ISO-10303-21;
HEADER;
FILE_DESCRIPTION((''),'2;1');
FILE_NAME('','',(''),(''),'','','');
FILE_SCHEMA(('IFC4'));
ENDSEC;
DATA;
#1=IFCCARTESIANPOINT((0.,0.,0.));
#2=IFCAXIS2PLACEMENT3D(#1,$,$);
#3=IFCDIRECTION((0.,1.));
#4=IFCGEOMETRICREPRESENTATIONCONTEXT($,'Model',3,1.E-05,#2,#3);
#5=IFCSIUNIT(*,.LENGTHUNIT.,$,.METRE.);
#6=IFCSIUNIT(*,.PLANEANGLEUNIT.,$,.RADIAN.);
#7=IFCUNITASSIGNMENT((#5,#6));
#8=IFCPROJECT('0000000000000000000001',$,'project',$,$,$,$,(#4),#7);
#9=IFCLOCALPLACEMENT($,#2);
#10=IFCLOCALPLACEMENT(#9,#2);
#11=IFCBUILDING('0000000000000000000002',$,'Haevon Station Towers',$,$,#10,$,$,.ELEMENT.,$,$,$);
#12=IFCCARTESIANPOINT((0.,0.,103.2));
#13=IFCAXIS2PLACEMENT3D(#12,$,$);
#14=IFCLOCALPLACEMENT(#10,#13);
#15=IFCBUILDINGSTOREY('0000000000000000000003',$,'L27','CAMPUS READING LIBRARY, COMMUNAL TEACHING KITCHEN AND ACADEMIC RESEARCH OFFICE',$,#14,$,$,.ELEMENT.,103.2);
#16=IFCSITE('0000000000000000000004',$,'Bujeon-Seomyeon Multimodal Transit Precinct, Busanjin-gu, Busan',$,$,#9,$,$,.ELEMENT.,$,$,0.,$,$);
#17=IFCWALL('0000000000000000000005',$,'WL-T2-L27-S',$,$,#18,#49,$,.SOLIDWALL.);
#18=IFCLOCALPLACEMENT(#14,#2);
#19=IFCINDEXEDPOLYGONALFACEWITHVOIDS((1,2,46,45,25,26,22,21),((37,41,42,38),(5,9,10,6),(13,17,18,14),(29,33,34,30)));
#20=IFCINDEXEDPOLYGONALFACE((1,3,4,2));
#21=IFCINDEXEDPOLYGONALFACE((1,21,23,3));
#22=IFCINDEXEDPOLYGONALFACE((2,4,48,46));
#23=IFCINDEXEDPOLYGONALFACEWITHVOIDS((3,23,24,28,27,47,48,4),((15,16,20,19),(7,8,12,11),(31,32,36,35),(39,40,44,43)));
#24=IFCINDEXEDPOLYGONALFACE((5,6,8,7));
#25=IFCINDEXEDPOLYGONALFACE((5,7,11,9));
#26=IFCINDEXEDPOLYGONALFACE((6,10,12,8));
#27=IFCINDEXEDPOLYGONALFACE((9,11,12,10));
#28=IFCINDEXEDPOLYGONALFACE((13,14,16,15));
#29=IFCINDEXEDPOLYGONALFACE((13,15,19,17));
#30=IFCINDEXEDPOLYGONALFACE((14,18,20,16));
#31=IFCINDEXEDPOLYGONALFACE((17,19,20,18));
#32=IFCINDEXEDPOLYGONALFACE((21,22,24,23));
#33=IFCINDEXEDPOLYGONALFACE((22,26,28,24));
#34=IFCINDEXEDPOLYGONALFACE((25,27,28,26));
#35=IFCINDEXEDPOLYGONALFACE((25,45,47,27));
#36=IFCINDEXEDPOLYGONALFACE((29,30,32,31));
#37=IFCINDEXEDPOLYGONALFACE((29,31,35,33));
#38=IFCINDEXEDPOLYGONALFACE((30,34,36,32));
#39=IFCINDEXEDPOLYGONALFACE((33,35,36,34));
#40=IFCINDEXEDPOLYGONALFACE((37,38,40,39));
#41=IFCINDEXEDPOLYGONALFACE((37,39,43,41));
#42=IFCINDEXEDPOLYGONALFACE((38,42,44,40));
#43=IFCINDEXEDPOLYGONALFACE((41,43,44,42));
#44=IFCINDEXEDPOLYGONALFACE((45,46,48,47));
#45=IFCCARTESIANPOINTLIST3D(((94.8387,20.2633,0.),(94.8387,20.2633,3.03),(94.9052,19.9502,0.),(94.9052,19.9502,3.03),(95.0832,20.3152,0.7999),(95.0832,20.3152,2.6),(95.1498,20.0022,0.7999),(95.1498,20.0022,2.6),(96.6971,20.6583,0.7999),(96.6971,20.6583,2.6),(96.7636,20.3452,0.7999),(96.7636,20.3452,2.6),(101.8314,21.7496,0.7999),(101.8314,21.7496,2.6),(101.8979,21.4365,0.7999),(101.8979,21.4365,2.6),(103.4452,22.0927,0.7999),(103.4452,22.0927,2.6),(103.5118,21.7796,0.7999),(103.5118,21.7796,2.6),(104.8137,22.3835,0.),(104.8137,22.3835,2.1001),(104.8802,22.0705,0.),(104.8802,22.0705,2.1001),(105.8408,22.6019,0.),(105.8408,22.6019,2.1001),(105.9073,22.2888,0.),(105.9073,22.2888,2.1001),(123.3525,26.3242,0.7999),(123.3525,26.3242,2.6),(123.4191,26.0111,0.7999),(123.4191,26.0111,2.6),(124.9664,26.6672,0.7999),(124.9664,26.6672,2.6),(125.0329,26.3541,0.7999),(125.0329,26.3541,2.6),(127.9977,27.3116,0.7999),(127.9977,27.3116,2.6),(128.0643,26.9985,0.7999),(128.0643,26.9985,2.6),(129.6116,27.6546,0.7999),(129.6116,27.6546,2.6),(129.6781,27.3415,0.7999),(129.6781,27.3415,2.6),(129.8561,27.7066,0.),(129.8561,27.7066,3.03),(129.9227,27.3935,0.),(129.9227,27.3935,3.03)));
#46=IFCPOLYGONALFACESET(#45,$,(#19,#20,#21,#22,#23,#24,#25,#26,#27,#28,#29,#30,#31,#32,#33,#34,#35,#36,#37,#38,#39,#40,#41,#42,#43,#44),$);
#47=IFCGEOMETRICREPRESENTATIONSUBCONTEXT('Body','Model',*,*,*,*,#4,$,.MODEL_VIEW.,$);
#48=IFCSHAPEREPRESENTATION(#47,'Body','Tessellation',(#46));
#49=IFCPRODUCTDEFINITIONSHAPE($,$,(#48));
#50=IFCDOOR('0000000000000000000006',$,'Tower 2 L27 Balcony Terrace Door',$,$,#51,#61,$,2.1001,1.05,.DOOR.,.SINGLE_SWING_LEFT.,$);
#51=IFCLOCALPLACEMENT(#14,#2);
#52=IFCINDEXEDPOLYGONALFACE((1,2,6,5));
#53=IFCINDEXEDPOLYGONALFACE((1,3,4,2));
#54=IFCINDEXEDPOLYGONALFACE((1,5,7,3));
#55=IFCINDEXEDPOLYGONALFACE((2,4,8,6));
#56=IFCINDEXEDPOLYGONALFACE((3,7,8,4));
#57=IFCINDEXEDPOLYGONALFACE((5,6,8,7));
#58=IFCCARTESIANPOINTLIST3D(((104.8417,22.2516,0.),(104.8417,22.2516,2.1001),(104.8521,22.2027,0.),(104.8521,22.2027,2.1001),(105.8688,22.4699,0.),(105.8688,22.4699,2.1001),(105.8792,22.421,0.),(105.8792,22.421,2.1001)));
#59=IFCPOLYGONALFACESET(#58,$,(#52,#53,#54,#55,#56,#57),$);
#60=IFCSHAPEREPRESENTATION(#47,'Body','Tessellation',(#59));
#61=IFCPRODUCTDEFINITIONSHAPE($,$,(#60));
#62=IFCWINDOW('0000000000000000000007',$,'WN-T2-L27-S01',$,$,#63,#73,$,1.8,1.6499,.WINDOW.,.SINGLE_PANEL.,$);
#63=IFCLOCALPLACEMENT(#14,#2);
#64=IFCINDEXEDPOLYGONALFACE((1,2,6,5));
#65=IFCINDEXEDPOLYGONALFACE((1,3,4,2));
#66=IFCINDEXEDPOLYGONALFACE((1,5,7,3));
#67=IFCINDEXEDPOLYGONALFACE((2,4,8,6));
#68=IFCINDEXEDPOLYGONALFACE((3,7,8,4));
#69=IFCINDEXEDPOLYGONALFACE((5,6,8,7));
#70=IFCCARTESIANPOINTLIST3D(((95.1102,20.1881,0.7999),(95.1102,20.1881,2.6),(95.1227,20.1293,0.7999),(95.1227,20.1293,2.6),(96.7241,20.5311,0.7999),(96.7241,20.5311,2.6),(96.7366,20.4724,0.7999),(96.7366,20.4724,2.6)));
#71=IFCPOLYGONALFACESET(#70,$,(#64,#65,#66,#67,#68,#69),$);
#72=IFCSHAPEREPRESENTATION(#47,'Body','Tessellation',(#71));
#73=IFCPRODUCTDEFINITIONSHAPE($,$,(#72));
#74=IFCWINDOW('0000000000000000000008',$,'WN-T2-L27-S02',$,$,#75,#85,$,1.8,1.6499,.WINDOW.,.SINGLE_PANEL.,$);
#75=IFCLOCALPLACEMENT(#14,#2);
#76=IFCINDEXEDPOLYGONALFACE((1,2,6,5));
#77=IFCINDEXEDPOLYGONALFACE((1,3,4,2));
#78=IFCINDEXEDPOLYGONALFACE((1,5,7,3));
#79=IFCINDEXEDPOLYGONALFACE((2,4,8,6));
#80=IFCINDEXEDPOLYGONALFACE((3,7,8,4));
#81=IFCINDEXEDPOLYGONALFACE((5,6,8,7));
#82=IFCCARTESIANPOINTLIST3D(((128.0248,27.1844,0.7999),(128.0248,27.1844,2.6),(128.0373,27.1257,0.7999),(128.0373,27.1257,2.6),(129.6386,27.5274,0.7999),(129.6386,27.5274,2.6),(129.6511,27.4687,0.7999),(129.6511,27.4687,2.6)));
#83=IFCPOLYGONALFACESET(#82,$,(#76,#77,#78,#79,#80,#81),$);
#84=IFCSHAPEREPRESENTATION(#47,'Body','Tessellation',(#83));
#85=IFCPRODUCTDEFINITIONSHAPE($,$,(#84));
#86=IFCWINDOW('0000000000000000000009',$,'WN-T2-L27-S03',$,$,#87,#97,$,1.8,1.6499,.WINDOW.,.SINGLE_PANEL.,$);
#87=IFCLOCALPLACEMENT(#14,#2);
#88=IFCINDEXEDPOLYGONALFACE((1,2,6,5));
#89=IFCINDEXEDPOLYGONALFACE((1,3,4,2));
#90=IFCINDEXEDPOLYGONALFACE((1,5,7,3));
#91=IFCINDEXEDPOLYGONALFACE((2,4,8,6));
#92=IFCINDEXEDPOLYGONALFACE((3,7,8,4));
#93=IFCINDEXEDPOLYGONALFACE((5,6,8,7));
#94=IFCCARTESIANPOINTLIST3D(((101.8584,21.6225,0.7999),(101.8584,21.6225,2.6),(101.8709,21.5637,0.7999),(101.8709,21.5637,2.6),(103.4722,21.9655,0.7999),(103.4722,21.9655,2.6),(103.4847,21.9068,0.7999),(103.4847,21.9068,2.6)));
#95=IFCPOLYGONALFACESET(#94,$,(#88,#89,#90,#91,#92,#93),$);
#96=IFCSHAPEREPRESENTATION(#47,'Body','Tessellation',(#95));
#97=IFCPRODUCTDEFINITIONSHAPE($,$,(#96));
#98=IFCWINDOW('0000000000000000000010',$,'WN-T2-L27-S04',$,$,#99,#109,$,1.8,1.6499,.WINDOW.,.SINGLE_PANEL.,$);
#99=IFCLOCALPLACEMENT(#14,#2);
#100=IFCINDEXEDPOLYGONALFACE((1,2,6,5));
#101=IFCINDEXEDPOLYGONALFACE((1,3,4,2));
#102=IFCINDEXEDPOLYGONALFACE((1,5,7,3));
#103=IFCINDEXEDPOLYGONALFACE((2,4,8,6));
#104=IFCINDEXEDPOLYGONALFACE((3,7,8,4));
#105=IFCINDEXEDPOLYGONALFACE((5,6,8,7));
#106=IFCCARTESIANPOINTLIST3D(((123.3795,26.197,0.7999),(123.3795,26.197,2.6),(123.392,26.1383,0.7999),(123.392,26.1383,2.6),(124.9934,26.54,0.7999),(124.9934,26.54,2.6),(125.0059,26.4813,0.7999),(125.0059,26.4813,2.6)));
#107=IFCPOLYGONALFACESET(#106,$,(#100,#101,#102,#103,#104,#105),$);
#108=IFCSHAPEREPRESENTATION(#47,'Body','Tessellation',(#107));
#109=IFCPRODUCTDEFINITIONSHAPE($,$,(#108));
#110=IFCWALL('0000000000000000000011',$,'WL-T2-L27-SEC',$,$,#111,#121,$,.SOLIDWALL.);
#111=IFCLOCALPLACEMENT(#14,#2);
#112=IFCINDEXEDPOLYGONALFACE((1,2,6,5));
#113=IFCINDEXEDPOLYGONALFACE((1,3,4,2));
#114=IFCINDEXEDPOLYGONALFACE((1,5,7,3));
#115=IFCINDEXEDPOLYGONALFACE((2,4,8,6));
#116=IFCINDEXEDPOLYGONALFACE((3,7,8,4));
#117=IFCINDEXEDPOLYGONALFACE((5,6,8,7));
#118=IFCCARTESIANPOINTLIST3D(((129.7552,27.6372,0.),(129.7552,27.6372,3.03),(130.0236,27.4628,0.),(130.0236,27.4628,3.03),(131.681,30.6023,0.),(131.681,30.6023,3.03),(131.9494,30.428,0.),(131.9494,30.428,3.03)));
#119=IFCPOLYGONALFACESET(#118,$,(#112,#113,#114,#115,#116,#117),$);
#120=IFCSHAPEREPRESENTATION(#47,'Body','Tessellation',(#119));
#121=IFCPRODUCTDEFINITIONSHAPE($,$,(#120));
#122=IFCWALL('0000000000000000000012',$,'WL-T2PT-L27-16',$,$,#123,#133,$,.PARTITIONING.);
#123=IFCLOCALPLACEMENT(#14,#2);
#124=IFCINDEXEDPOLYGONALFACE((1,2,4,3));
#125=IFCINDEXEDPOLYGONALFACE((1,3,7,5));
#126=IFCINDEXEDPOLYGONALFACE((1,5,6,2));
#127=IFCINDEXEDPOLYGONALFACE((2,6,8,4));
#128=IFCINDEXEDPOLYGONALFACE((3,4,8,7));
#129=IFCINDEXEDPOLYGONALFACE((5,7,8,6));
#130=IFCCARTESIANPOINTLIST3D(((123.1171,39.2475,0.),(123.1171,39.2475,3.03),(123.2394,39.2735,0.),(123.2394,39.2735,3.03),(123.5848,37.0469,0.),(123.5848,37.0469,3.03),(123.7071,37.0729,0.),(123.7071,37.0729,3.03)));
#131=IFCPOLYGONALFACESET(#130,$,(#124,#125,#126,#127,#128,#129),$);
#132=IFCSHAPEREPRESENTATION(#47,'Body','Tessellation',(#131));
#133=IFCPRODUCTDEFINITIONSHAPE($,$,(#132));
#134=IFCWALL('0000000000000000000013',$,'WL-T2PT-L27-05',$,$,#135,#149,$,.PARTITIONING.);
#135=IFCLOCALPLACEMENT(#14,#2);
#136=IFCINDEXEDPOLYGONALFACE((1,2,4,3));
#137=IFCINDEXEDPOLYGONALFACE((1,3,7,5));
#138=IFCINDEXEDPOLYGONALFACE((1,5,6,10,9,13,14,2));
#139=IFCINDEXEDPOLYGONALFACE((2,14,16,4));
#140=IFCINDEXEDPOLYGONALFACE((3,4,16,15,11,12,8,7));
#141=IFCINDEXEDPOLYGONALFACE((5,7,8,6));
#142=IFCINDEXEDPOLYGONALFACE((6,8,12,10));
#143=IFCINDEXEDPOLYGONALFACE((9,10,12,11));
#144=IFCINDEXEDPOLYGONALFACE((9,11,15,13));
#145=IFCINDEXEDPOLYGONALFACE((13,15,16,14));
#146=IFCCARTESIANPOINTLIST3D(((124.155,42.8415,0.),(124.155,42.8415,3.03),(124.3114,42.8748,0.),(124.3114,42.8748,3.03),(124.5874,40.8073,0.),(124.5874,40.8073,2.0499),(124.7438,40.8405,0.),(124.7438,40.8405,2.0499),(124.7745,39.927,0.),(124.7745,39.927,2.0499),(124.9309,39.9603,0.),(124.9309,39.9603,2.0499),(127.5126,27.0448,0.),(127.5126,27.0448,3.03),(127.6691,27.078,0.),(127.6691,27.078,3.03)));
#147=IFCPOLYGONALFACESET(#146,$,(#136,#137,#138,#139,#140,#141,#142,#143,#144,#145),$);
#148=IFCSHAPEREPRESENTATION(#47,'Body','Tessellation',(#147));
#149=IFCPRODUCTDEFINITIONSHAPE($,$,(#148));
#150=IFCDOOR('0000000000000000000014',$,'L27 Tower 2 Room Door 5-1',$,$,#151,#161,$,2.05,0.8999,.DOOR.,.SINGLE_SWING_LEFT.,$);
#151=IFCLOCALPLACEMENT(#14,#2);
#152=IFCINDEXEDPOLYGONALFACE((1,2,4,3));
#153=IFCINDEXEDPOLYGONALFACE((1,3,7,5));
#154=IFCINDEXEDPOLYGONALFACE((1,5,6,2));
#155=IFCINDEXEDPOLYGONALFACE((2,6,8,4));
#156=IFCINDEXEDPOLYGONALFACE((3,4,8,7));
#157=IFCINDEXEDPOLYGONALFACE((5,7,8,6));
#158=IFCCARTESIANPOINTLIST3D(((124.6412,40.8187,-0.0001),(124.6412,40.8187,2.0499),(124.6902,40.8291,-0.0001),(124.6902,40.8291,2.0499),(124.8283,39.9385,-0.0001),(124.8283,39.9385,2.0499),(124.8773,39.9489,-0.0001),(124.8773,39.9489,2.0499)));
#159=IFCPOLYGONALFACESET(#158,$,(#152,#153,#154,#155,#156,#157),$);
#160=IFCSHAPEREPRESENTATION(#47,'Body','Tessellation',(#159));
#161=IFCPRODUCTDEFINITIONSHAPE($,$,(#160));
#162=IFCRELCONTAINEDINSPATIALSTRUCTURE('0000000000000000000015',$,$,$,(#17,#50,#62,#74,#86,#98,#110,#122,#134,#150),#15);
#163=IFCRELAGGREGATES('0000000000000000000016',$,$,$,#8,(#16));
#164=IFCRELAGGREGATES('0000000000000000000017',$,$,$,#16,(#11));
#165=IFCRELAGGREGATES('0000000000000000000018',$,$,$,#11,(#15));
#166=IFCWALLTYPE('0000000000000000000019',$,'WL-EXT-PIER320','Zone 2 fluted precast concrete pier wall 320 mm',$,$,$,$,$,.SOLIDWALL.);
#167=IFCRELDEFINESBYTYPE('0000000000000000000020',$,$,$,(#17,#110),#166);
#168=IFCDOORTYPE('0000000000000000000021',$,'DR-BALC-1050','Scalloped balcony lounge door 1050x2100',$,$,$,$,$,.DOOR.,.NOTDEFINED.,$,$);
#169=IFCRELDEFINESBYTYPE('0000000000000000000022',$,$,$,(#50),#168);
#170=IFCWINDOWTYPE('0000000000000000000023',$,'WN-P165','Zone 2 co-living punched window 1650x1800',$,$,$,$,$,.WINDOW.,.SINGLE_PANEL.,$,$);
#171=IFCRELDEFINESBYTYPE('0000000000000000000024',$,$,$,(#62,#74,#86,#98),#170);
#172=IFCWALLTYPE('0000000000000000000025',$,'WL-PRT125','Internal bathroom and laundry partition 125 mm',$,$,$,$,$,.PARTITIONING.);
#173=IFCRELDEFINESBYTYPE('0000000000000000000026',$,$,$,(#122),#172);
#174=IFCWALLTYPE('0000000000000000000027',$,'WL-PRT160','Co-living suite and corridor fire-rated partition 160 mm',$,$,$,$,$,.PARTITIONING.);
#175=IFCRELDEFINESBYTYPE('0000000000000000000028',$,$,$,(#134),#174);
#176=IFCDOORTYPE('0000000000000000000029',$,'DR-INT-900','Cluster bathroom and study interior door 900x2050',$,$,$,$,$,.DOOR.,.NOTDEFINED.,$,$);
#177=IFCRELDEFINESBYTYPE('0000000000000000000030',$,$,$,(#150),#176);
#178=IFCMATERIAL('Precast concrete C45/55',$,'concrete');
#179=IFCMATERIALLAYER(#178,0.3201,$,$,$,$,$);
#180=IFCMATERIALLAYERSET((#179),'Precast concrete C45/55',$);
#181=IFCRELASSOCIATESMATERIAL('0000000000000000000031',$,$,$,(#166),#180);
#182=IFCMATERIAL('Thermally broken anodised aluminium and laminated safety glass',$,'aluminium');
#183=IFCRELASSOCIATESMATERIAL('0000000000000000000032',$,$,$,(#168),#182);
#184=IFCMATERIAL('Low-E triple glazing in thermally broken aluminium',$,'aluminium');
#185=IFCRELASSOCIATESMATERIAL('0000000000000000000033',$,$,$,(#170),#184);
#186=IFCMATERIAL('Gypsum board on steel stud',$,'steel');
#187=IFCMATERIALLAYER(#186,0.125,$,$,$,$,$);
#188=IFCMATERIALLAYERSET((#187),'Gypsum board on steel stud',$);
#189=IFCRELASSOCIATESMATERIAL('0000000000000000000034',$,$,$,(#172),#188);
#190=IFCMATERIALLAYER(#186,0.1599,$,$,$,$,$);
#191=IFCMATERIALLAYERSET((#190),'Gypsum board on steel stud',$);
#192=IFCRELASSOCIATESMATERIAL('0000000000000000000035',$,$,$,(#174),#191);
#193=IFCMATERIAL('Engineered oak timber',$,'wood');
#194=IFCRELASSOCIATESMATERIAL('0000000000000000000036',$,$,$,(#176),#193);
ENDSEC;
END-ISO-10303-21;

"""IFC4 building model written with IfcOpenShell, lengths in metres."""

from ifc_helpers import new_model, si_unit, direction, frame, frame_2d, origin, place, context, subcontext, project, spatial, rectangle, extrude, material, layer, layer_set, type_object, element, fill, save


model = new_model("IFC4")

# Units and contexts
model_context = context("Model", 3, precision=1e-05, world=origin(), true_north=direction((0.0, 1.0)))
body_context = subcontext(model_context, "Body", "Model", "MODEL_VIEW")
ifc_project = project(units=[si_unit("LENGTHUNIT", "METRE"), si_unit("PLANEANGLEUNIT", "RADIAN")], contexts=[model_context])

# Site, building, storey
site_placement = place(None, origin())
site = spatial("IfcSite", under=ifc_project, at=site_placement, Name="Bujeon-Seomyeon Multimodal Transit Precinct, Busanjin-gu, Busan", CompositionType="ELEMENT", RefElevation=0.0)
building_placement = place(site_placement, origin())
building = spatial("IfcBuilding", under=site, at=building_placement, Name="Haevon Station Towers", CompositionType="ELEMENT")
storey_placement = place(building_placement, frame((0.0, 0.0, 103.2)))
storey = spatial("IfcBuildingStorey", under=building, at=storey_placement, Name="L27", Description="CAMPUS READING LIBRARY, COMMUNAL TEACHING KITCHEN AND ACADEMIC RESEARCH OFFICE", CompositionType="ELEMENT", Elevation=103.2)

# Wall, openings, door, windows
ifc_material_1 = material(Name="Precast concrete C45/55", Category="concrete")
ifc_layer_1 = layer(ifc_material_1, 0.3201)
ifc_layer_set_1 = layer_set([ifc_layer_1], Name="Precast concrete C45/55")
wall_type_1 = type_object("IfcWallType", Name="WL-EXT-PIER320", Description="Zone 2 fluted precast concrete pier wall 320 mm", PredefinedType="SOLIDWALL", material=ifc_layer_set_1)
wall_1_placement = place(storey_placement, frame((129.8894, 27.55, 0.0), z_axis=(0.0, 0.0, 1.0), x_axis=(-0.978147, -0.207916, 0.0)))
wall_1 = element("IfcWall", 1, at=wall_1_placement, inside=storey, type_object=wall_type_1, Name="WL-T2-L27-S", PredefinedType="SOLIDWALL", context=body_context, shape_type="SweptSolid", body=[
    extrude(rectangle(XDim=35.7998, YDim=0.3201, at=frame_2d((17.8999, 0.0))), origin(), (0.0, 0.0, 1.0), 3.03),
])
opening_1_placement = place(wall_1_placement, frame((24.552, 0.0, 0.0)))
opening_1 = element("IfcOpeningElement", 2, at=opening_1_placement, cuts=wall_1, PredefinedType="OPENING", context=body_context, shape_type="SweptSolid", body=[
    extrude(rectangle(XDim=1.05, YDim=2.1001, at=frame_2d((0.5249, 1.05))), frame((0.0, 0.1699, 0.0), z_axis=(0.0, -1.0, 0.0), x_axis=(1.0, 0.0, 0.0)), (0.0, 0.0, 1.0), 0.3401),
])
opening_2_placement = place(wall_1_placement, frame((33.8999, 0.0, 0.8)))
opening_2 = element("IfcOpeningElement", 3, at=opening_2_placement, cuts=wall_1, PredefinedType="OPENING", context=body_context, shape_type="SweptSolid", body=[
    extrude(rectangle(XDim=1.6499, YDim=1.8, at=frame_2d((0.825, 0.8999))), frame((0.0, 0.1699, 0.0), z_axis=(0.0, -1.0, 0.0), x_axis=(1.0, 0.0, 0.0)), (0.0, 0.0, 1.0), 0.3401),
])
opening_3_placement = place(wall_1_placement, frame((0.25, 0.0, 0.8)))
opening_3 = element("IfcOpeningElement", 4, at=opening_3_placement, cuts=wall_1, PredefinedType="OPENING", context=body_context, shape_type="SweptSolid", body=[
    extrude(rectangle(XDim=1.6499, YDim=1.8, at=frame_2d((0.825, 0.8999))), frame((0.0, 0.1699, 0.0), z_axis=(0.0, -1.0, 0.0), x_axis=(1.0, 0.0, 0.0)), (0.0, 0.0, 1.0), 0.3401),
])
opening_4_placement = place(wall_1_placement, frame((27.001, 0.0, 0.8)))
opening_4 = element("IfcOpeningElement", 5, at=opening_4_placement, cuts=wall_1, PredefinedType="OPENING", context=body_context, shape_type="SweptSolid", body=[
    extrude(rectangle(XDim=1.6499, YDim=1.8, at=frame_2d((0.825, 0.8999))), frame((0.0, 0.1699, 0.0), z_axis=(0.0, -1.0, 0.0), x_axis=(1.0, 0.0, 0.0)), (0.0, 0.0, 1.0), 0.3401),
])
opening_5_placement = place(wall_1_placement, frame((4.999, 0.0, 0.8)))
opening_5 = element("IfcOpeningElement", 6, at=opening_5_placement, cuts=wall_1, PredefinedType="OPENING", context=body_context, shape_type="SweptSolid", body=[
    extrude(rectangle(XDim=1.6499, YDim=1.8, at=frame_2d((0.825, 0.8999))), frame((0.0, 0.1699, 0.0), z_axis=(0.0, -1.0, 0.0), x_axis=(1.0, 0.0, 0.0)), (0.0, 0.0, 1.0), 0.3401),
])
ifc_material_2 = material(Name="Thermally broken anodised aluminium and laminated safety glass", Category="aluminium")
door_type_1 = type_object("IfcDoorType", Name="DR-BALC-1050", Description="Scalloped balcony lounge door 1050x2100", OperationType="NOTDEFINED", PredefinedType="DOOR", material=ifc_material_2)
door_1_placement = place(opening_1_placement, origin())
door_1 = element("IfcDoor", 7, at=door_1_placement, inside=storey, type_object=door_type_1, Name="Tower 2 L27 Balcony Terrace Door", OperationType="SINGLE_SWING_LEFT", OverallHeight=2.1001, OverallWidth=1.05, PredefinedType="DOOR", context=body_context, shape_type="SweptSolid", body=[
    extrude(rectangle(XDim=1.05, YDim=2.1001, at=frame_2d((0.5249, 1.05))), frame((0.0, 0.0249, 0.0), z_axis=(0.0, -1.0, 0.0), x_axis=(1.0, 0.0, 0.0)), (0.0, 0.0, 1.0), 0.05),
])
fill(opening_1, door_1)
ifc_material_3 = material(Name="Low-E triple glazing in thermally broken aluminium", Category="aluminium")
window_type = type_object("IfcWindowType", Name="WN-P165", Description="Zone 2 co-living punched window 1650x1800", PartitioningType="SINGLE_PANEL", PredefinedType="WINDOW", material=ifc_material_3)
window_1_placement = place(opening_2_placement, origin())
window_1 = element("IfcWindow", 8, at=window_1_placement, inside=storey, type_object=window_type, Name="WN-T2-L27-S01", OverallHeight=1.8, OverallWidth=1.6499, PartitioningType="SINGLE_PANEL", PredefinedType="WINDOW", context=body_context, shape_type="SweptSolid", body=[
    extrude(rectangle(XDim=1.6499, YDim=1.8, at=frame_2d((0.825, 0.8999))), frame((0.0, 0.03, 0.0), z_axis=(0.0, -1.0, 0.0), x_axis=(1.0, 0.0, 0.0)), (0.0, 0.0, 1.0), 0.0601),
])
fill(opening_2, window_1)
window_2_placement = place(opening_3_placement, origin())
window_2 = element("IfcWindow", 9, at=window_2_placement, inside=storey, type_object=window_type, Name="WN-T2-L27-S02", OverallHeight=1.8, OverallWidth=1.6499, PartitioningType="SINGLE_PANEL", PredefinedType="WINDOW", context=body_context, shape_type="SweptSolid", body=[
    extrude(rectangle(XDim=1.6499, YDim=1.8, at=frame_2d((0.825, 0.8999))), frame((0.0, 0.03, 0.0), z_axis=(0.0, -1.0, 0.0), x_axis=(1.0, 0.0, 0.0)), (0.0, 0.0, 1.0), 0.0601),
])
fill(opening_3, window_2)
window_3_placement = place(opening_4_placement, origin())
window_3 = element("IfcWindow", 10, at=window_3_placement, inside=storey, type_object=window_type, Name="WN-T2-L27-S03", OverallHeight=1.8, OverallWidth=1.6499, PartitioningType="SINGLE_PANEL", PredefinedType="WINDOW", context=body_context, shape_type="SweptSolid", body=[
    extrude(rectangle(XDim=1.6499, YDim=1.8, at=frame_2d((0.825, 0.8999))), frame((0.0, 0.03, 0.0), z_axis=(0.0, -1.0, 0.0), x_axis=(1.0, 0.0, 0.0)), (0.0, 0.0, 1.0), 0.0601),
])
fill(opening_4, window_3)
window_4_placement = place(opening_5_placement, origin())
window_4 = element("IfcWindow", 11, at=window_4_placement, inside=storey, type_object=window_type, Name="WN-T2-L27-S04", OverallHeight=1.8, OverallWidth=1.6499, PartitioningType="SINGLE_PANEL", PredefinedType="WINDOW", context=body_context, shape_type="SweptSolid", body=[
    extrude(rectangle(XDim=1.6499, YDim=1.8, at=frame_2d((0.825, 0.8999))), frame((0.0, 0.03, 0.0), z_axis=(0.0, -1.0, 0.0), x_axis=(1.0, 0.0, 0.0)), (0.0, 0.0, 1.0), 0.0601),
])
fill(opening_5, window_4)

# Walls
wall_2_placement = place(storey_placement, frame((131.8152, 30.5151, 0.0), z_axis=(0.0, 0.0, 1.0), x_axis=(-0.544685, -0.838641, 0.0)))
element("IfcWall", 12, at=wall_2_placement, inside=storey, type_object=wall_type_1, Name="WL-T2-L27-SEC", PredefinedType="SOLIDWALL", context=body_context, shape_type="SweptSolid", body=[
    extrude(rectangle(XDim=3.5356, YDim=0.3201, at=frame_2d((1.7678, 0.0))), origin(), (0.0, 0.0, 1.0), 3.03),
])
ifc_material_4 = material(Name="Gypsum board on steel stud", Category="steel")
ifc_layer_2 = layer(ifc_material_4, 0.125)
ifc_layer_set_2 = layer_set([ifc_layer_2], Name="Gypsum board on steel stud")
wall_type_2 = type_object("IfcWallType", Name="WL-PRT125", Description="Internal bathroom and laundry partition 125 mm", PredefinedType="PARTITIONING", material=ifc_layer_set_2)
wall_3_placement = place(storey_placement, frame((123.646, 37.0598, 0.0), z_axis=(0.0, 0.0, 1.0), x_axis=(-0.207913, 0.978147, 0.0)))
element("IfcWall", 13, at=wall_3_placement, inside=storey, type_object=wall_type_2, Name="WL-T2PT-L27-16", PredefinedType="PARTITIONING", context=body_context, shape_type="SweptSolid", body=[
    extrude(rectangle(XDim=2.2498, YDim=0.125, at=frame_2d((1.125, 0.0))), origin(), (0.0, 0.0, 1.0), 3.03),
])

# Wall, opening, door
ifc_layer_3 = layer(ifc_material_4, 0.1599)
ifc_layer_set_3 = layer_set([ifc_layer_3], Name="Gypsum board on steel stud")
wall_type_3 = type_object("IfcWallType", Name="WL-PRT160", Description="Co-living suite and corridor fire-rated partition 160 mm", PredefinedType="PARTITIONING", material=ifc_layer_set_3)
wall_4_placement = place(storey_placement, frame((127.5908, 27.0615, 0.0), z_axis=(0.0, 0.0, 1.0), x_axis=(-0.207908, 0.978148, 0.0)))
wall_4 = element("IfcWall", 14, at=wall_4_placement, inside=storey, type_object=wall_type_3, Name="WL-T2PT-L27-05", PredefinedType="PARTITIONING", context=body_context, shape_type="SweptSolid", body=[
    extrude(rectangle(XDim=16.1497, YDim=0.1599, at=frame_2d((8.0747, 0.0))), origin(), (0.0, 0.0, 1.0), 3.03),
])
opening_6_placement = place(wall_4_placement, frame((13.1699, 0.0, 0.0)))
opening_6 = element("IfcOpeningElement", 15, at=opening_6_placement, cuts=wall_4, PredefinedType="OPENING", context=body_context, shape_type="SweptSolid", body=[
    extrude(rectangle(XDim=0.8999, YDim=2.05, at=frame_2d((0.45, 1.0249))), frame((0.0, 0.0898, 0.0), z_axis=(0.0, -1.0, 0.0), x_axis=(1.0, 0.0, 0.0)), (0.0, 0.0, 1.0), 0.1799),
])
ifc_material_5 = material(Name="Engineered oak timber", Category="wood")
door_type_2 = type_object("IfcDoorType", Name="DR-INT-900", Description="Cluster bathroom and study interior door 900x2050", OperationType="NOTDEFINED", PredefinedType="DOOR", material=ifc_material_5)
door_2_placement = place(opening_6_placement, origin())
door_2 = element("IfcDoor", 16, at=door_2_placement, inside=storey, type_object=door_type_2, Name="L27 Tower 2 Room Door 5-1", OperationType="SINGLE_SWING_LEFT", OverallHeight=2.05, OverallWidth=0.8999, PredefinedType="DOOR", context=body_context, shape_type="SweptSolid", body=[
    extrude(rectangle(XDim=0.8999, YDim=2.05, at=frame_2d((0.45, 1.0249))), frame((0.0, 0.0249, 0.0), z_axis=(0.0, -1.0, 0.0), x_axis=(1.0, 0.0, 0.0)), (0.0, 0.0, 1.0), 0.05),
])
fill(opening_6, door_2)

save(model, "model.ifc")
